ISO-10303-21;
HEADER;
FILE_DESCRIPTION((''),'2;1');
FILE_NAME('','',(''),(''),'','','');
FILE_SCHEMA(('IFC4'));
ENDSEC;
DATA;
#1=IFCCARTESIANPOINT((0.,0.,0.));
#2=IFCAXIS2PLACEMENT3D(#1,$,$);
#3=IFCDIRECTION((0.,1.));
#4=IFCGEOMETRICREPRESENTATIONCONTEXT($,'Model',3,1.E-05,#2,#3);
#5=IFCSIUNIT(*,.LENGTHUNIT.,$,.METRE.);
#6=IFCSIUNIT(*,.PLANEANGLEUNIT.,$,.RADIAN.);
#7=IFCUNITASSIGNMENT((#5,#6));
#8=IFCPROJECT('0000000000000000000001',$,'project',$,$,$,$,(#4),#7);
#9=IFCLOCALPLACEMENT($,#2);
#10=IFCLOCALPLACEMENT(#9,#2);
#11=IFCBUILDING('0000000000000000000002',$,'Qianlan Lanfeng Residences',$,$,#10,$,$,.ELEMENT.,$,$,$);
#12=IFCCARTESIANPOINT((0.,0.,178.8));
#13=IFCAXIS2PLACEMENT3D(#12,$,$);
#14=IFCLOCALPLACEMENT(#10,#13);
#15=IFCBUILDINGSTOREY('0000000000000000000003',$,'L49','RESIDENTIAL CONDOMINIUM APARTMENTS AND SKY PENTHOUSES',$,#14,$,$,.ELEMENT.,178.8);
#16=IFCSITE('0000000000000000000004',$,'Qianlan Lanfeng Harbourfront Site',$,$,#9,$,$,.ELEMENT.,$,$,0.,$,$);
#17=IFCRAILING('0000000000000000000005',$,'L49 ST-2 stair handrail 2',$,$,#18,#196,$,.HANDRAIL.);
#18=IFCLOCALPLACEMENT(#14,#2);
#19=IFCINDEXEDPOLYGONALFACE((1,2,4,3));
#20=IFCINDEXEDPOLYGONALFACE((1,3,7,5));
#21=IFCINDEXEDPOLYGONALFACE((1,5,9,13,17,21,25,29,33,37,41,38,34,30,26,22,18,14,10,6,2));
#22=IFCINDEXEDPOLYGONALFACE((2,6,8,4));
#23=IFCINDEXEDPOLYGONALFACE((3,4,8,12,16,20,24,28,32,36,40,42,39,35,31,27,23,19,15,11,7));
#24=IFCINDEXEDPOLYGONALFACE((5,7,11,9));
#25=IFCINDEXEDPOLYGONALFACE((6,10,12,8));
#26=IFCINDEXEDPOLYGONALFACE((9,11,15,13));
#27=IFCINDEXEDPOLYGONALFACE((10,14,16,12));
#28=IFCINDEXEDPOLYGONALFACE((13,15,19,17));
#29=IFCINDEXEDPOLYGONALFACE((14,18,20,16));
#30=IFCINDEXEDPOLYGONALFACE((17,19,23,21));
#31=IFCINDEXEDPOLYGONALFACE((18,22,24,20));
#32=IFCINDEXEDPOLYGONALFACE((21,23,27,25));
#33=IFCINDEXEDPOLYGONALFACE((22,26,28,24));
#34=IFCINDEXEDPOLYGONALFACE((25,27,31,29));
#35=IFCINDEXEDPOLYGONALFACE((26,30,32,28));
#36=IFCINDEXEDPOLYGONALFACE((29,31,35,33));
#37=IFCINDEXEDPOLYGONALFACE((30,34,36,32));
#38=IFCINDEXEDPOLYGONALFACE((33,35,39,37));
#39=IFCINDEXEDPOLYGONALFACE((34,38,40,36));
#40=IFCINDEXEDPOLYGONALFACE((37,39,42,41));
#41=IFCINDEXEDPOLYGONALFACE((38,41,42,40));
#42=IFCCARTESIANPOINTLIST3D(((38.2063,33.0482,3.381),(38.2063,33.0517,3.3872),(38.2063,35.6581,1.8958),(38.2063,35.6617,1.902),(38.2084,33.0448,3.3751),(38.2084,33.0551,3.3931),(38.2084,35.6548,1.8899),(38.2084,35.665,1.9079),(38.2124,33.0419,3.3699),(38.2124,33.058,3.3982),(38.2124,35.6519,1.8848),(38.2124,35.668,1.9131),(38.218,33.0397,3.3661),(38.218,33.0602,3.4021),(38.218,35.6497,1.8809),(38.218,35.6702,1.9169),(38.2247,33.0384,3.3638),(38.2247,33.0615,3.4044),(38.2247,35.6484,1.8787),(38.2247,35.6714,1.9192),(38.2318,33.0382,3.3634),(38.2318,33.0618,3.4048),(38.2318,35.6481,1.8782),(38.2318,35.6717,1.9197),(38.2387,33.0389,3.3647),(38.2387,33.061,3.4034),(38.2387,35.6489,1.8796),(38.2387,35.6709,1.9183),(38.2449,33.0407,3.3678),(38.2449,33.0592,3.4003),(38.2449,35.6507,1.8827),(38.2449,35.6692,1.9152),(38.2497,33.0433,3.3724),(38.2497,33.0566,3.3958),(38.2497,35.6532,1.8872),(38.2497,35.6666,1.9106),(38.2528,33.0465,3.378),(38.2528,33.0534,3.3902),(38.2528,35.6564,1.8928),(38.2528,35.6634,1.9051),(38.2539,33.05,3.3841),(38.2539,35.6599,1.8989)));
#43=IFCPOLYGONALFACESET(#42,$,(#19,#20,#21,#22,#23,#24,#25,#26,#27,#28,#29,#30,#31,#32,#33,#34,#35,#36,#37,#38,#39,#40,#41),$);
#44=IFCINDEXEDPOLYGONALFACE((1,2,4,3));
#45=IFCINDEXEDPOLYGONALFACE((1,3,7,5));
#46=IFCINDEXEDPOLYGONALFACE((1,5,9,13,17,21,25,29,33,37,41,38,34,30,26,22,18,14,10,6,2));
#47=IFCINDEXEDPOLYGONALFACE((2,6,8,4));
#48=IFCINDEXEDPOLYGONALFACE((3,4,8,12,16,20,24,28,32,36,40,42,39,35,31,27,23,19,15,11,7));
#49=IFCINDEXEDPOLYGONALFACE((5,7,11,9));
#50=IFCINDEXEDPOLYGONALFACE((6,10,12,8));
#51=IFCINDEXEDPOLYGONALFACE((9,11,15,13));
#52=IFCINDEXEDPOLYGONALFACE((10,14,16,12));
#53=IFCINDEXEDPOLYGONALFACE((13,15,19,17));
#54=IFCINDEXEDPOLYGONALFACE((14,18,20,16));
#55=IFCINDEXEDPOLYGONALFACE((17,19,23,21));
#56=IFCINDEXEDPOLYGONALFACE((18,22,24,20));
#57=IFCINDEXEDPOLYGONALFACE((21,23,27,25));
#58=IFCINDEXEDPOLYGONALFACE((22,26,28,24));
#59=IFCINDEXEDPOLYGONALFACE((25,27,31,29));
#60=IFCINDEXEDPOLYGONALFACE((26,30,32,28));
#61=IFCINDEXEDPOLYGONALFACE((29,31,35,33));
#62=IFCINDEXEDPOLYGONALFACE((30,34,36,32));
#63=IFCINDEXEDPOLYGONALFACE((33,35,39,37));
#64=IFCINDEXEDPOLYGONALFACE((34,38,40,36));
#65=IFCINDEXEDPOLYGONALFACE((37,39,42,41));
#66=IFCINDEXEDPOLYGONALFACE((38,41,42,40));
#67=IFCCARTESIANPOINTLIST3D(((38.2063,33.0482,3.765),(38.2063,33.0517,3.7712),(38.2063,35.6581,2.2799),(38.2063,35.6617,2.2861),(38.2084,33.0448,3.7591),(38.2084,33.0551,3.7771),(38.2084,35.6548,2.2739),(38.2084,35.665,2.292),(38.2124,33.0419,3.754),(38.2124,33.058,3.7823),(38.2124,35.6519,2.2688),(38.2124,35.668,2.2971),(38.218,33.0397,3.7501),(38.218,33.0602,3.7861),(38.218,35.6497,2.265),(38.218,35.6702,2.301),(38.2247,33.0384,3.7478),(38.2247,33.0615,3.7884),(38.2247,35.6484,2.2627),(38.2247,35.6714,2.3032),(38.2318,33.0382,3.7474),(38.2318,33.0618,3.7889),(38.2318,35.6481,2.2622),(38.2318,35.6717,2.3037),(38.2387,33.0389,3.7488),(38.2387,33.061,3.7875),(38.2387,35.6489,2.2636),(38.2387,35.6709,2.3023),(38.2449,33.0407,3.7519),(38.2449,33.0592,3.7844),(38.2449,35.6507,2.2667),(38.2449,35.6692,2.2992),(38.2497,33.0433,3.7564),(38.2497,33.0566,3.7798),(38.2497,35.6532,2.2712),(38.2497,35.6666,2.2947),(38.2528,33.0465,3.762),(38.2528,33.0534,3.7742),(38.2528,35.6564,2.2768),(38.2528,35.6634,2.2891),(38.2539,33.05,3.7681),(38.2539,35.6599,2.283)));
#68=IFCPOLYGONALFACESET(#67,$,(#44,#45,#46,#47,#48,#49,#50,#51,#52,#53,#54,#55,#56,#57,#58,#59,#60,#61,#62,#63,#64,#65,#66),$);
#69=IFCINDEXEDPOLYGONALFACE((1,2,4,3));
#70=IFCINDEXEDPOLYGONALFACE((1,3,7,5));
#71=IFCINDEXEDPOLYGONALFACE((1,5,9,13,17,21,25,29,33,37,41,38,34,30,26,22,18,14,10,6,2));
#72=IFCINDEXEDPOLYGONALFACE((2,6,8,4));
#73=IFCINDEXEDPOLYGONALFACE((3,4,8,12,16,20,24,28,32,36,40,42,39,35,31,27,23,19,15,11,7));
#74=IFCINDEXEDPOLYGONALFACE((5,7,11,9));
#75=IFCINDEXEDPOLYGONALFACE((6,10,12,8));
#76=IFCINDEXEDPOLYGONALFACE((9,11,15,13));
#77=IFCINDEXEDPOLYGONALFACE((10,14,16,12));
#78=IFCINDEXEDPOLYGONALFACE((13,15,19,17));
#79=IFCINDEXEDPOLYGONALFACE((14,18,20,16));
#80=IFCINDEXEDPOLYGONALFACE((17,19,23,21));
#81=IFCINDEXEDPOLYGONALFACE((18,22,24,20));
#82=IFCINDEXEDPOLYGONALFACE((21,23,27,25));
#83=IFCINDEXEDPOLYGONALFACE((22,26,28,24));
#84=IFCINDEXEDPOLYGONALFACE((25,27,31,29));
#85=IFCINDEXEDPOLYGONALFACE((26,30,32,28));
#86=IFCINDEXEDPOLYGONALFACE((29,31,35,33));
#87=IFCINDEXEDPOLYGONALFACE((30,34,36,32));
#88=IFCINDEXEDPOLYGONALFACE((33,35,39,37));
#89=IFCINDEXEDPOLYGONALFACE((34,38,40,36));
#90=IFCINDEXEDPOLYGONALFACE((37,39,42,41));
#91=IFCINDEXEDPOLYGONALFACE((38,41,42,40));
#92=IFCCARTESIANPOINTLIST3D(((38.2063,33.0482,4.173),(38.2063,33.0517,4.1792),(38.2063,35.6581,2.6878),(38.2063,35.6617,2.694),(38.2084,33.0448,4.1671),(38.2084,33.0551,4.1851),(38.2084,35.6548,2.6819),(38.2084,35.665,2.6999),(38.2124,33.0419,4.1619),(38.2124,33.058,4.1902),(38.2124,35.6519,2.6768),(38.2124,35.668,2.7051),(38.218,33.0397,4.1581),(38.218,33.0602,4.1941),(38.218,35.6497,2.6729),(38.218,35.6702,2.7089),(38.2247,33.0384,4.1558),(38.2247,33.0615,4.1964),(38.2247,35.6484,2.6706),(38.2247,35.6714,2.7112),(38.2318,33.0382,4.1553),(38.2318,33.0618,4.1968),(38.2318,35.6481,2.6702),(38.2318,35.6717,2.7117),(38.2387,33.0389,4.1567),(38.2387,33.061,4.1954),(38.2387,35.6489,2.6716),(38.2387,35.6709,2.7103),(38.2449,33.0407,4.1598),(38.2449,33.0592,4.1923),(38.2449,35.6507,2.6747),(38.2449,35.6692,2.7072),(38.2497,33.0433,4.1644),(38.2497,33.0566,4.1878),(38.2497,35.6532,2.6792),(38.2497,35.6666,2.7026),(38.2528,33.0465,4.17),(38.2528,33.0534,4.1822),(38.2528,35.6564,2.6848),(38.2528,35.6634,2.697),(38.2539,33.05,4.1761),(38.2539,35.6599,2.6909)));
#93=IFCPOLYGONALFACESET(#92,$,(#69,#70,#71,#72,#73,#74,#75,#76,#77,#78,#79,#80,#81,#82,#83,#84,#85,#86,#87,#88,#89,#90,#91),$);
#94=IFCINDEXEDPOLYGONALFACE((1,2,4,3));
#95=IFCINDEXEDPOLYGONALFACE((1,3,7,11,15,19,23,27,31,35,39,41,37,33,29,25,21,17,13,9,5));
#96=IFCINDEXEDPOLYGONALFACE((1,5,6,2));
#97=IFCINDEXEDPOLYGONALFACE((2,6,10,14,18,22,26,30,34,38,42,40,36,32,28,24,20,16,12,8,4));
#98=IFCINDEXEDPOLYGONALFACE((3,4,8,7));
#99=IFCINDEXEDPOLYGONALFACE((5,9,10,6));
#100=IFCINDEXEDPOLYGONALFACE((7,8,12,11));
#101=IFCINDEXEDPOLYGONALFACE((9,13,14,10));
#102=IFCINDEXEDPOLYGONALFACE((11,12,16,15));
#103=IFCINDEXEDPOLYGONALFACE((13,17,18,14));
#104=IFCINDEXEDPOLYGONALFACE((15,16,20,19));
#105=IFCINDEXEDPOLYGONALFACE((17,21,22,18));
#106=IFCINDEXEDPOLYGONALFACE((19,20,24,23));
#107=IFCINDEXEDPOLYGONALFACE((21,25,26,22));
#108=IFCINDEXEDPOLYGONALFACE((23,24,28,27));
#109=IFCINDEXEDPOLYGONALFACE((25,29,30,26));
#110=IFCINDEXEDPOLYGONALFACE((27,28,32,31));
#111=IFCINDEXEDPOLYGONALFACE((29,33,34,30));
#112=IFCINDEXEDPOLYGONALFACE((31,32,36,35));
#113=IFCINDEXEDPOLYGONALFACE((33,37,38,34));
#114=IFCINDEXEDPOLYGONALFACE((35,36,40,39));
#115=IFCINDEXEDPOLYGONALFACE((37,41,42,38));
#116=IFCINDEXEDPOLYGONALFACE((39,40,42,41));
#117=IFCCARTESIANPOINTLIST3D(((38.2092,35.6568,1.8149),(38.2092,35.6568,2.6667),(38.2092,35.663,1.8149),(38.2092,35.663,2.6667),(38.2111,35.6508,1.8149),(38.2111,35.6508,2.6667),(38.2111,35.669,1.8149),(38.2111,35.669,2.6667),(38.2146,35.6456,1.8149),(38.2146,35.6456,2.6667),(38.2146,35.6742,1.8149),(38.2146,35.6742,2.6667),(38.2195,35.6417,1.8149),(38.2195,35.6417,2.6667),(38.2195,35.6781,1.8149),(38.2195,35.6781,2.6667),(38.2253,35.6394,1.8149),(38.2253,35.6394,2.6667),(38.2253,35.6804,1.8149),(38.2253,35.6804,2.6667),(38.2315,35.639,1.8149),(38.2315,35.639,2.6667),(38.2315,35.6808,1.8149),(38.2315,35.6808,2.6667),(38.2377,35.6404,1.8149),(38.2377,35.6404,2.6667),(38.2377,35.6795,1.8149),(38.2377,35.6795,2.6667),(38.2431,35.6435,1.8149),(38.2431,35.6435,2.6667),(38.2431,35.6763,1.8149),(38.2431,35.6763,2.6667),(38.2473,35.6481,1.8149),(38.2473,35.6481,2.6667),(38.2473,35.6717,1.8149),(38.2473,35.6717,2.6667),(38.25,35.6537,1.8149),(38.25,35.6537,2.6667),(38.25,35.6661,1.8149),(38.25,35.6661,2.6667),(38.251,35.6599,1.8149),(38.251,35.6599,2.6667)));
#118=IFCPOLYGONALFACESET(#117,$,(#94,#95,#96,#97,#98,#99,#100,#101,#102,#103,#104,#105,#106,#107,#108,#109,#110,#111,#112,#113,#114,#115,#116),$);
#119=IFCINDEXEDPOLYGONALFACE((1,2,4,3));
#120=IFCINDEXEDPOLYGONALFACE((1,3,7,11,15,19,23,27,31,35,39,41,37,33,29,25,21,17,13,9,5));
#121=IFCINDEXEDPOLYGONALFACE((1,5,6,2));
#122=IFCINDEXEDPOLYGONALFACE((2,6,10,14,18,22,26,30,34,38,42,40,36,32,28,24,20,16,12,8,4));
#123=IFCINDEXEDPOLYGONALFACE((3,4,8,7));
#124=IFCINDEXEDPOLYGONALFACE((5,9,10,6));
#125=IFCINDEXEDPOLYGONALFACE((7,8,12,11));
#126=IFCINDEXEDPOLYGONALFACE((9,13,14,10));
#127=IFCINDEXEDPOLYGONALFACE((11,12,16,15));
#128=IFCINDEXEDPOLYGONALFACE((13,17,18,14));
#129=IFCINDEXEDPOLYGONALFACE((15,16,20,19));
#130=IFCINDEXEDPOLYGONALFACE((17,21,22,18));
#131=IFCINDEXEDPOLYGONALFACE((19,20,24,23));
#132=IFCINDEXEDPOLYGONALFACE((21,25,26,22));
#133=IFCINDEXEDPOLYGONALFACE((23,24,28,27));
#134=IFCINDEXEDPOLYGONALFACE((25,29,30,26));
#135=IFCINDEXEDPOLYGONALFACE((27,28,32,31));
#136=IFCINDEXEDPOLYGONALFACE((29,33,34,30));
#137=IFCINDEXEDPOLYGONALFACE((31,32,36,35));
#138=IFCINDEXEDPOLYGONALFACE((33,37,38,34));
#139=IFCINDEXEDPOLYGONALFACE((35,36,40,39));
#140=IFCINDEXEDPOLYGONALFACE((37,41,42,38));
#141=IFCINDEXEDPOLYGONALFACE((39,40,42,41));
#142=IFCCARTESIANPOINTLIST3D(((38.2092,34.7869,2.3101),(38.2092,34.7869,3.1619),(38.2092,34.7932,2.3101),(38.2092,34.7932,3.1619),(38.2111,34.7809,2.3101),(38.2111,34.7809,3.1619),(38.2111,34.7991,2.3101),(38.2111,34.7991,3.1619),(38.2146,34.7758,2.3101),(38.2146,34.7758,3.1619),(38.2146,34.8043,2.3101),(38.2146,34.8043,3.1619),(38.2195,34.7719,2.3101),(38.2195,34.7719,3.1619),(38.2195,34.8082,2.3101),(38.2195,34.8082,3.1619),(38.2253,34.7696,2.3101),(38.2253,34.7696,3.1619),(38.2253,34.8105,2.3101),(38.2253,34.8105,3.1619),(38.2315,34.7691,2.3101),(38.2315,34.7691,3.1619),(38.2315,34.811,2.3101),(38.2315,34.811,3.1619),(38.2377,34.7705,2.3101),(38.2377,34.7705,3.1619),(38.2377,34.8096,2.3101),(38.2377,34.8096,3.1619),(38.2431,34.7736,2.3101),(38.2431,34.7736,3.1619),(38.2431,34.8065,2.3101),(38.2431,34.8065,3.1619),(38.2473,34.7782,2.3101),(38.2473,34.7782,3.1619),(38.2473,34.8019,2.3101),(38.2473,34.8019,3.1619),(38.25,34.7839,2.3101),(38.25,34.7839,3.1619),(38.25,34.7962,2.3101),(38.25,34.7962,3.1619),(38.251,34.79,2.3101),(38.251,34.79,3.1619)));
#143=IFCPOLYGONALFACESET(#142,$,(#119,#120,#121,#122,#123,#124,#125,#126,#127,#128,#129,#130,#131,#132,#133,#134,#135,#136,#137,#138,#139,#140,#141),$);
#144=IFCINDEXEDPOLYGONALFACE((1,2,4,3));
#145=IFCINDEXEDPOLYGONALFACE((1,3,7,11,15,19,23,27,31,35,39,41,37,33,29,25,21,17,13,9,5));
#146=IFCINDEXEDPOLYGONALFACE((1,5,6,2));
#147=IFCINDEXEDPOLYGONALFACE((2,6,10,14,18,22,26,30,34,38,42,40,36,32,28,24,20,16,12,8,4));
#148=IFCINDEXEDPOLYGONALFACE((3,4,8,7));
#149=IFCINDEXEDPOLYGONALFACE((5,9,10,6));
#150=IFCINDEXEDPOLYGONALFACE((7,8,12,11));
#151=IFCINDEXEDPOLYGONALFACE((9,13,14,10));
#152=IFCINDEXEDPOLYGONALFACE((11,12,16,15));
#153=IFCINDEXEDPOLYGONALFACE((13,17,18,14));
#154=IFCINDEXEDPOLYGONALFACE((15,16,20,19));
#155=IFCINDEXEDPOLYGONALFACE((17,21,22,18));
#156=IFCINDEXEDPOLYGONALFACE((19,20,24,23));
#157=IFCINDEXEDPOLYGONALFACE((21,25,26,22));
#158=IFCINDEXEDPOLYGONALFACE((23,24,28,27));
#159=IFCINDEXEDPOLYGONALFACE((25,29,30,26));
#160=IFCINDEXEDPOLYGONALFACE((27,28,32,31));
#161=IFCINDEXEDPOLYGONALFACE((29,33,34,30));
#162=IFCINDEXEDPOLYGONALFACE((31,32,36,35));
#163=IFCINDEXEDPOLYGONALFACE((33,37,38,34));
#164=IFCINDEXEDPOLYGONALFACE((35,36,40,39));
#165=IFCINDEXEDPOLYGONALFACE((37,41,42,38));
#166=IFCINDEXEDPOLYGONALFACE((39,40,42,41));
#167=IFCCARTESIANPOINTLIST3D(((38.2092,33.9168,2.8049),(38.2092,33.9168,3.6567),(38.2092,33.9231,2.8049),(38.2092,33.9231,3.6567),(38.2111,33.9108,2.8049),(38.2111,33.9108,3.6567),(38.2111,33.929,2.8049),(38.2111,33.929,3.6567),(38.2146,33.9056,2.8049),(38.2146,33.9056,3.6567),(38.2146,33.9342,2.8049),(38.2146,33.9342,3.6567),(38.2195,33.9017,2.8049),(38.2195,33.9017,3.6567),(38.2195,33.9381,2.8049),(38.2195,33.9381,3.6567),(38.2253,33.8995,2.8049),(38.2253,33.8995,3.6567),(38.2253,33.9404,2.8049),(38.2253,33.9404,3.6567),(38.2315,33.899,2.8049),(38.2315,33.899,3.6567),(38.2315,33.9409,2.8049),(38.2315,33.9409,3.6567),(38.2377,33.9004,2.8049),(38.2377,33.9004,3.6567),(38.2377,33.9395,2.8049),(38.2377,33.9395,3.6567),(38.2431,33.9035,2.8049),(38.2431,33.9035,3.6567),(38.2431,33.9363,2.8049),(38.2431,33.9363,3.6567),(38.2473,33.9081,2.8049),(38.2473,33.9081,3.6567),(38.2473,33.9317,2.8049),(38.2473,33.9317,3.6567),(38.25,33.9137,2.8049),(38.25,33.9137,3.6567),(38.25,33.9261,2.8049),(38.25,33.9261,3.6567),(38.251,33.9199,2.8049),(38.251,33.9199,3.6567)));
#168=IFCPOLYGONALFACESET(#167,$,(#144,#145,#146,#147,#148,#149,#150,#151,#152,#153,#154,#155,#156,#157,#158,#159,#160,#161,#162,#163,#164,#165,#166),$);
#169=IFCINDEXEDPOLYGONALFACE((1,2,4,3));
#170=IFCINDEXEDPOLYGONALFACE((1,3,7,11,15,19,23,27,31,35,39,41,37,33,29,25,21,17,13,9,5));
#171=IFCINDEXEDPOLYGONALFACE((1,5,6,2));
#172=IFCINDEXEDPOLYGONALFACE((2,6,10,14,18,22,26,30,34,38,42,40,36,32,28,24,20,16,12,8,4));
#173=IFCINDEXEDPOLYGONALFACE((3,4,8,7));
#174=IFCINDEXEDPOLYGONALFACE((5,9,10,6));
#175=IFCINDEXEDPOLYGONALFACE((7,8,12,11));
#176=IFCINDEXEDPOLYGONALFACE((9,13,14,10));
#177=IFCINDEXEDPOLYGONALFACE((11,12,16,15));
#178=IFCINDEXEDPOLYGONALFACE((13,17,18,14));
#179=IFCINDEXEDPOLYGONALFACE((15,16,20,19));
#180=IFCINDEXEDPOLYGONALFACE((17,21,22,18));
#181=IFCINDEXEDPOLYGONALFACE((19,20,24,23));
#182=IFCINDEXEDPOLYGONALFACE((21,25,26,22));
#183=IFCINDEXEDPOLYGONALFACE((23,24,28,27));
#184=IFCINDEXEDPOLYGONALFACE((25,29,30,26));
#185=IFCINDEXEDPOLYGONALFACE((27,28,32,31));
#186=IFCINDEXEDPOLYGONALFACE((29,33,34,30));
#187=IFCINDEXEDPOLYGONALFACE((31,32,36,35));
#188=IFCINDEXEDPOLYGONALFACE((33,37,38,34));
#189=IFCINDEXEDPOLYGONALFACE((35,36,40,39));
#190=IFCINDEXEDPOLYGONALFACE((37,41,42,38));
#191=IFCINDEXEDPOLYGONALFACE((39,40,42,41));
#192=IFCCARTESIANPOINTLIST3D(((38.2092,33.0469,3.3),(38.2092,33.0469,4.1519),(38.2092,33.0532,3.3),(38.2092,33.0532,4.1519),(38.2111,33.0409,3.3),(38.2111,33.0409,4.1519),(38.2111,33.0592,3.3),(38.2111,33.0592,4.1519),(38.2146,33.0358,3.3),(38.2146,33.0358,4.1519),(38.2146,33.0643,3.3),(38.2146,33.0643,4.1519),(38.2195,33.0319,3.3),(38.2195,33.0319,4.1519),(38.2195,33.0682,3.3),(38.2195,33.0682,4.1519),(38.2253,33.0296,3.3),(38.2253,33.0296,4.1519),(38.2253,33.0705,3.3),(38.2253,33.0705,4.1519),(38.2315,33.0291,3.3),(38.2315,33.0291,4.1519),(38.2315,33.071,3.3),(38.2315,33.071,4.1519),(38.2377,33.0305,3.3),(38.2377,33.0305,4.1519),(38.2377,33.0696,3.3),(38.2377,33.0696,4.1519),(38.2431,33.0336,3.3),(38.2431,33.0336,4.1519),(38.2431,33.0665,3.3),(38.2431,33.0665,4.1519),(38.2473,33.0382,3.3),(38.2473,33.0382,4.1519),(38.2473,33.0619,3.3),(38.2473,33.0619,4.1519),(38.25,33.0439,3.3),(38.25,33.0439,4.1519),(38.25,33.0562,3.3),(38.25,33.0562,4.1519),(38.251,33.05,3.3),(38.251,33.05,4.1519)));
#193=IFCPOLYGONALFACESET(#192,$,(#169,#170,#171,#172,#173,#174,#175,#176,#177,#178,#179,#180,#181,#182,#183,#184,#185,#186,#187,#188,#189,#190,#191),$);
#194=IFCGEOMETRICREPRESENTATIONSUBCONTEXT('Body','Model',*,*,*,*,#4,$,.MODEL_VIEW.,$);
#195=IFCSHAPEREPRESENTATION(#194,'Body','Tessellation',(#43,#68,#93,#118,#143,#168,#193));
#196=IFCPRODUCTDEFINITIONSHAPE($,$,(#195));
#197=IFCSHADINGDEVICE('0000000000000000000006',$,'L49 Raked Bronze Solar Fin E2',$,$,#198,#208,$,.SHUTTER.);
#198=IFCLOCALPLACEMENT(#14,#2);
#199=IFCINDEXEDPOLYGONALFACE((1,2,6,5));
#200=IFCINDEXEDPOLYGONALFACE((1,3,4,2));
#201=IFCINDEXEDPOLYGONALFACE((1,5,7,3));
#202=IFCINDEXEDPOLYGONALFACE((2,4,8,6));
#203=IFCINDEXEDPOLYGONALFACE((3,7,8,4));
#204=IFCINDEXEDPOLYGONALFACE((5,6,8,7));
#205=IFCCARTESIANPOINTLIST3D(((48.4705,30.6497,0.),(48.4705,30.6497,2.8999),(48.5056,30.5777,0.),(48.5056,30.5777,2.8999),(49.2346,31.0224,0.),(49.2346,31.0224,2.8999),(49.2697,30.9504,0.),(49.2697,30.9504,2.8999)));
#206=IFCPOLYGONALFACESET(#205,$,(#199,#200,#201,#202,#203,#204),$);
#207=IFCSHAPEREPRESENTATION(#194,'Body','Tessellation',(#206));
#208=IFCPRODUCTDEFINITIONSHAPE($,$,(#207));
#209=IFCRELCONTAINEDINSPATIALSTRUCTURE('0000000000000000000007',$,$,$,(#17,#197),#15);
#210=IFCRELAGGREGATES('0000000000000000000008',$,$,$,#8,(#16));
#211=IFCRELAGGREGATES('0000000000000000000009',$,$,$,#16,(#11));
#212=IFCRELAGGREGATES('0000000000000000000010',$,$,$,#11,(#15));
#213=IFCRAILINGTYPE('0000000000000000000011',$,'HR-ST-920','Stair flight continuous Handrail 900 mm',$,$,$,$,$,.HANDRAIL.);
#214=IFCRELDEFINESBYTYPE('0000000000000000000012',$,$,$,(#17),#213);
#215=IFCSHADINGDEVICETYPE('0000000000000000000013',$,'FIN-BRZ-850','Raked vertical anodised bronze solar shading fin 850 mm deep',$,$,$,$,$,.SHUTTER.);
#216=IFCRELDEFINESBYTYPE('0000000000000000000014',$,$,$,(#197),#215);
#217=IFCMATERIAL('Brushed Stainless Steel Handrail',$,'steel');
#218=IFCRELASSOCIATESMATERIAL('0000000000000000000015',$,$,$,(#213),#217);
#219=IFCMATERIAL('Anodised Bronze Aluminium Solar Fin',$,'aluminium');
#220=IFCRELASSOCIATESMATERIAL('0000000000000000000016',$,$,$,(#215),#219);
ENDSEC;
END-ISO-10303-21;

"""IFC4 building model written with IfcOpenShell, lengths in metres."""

from ifc_helpers import new_model, si_unit, direction, frame, origin, origin_2d, place, context, subcontext, project, spatial, rectangle, circle, extrude, source, transform, mapped, material, type_object, element, save


model = new_model("IFC4")

# Units and contexts
model_context = context("Model", 3, precision=1e-05, world=origin(), true_north=direction((0.0, 1.0)))
body_context = subcontext(model_context, "Body", "Model", "MODEL_VIEW")
ifc_project = project(units=[si_unit("LENGTHUNIT", "METRE"), si_unit("PLANEANGLEUNIT", "RADIAN")], contexts=[model_context])

# Site, building, storey
site_placement = place(None, origin())
site = spatial("IfcSite", under=ifc_project, at=site_placement, Name="Qianlan Lanfeng Harbourfront Site", CompositionType="ELEMENT", RefElevation=0.0)
building_placement = place(site_placement, origin())
building = spatial("IfcBuilding", under=site, at=building_placement, Name="Qianlan Lanfeng Residences", CompositionType="ELEMENT")
storey_placement = place(building_placement, frame((0.0, 0.0, 178.8)))
storey = spatial("IfcBuildingStorey", under=building, at=storey_placement, Name="L49", Description="RESIDENTIAL CONDOMINIUM APARTMENTS AND SKY PENTHOUSES", CompositionType="ELEMENT", Elevation=178.8)

# Railing
ifc_material_1 = material(Name="Brushed Stainless Steel Handrail", Category="steel")
railing_type_1 = type_object("IfcRailingType", Name="HR-ST-920", Description="Stair flight continuous Handrail 900 mm", PredefinedType="HANDRAIL", material=ifc_material_1)
railing_1_placement = place(storey_placement, frame((38.23, 35.6599, 1.8149)))
element("IfcRailing", 1, at=railing_1_placement, inside=storey, type_object=railing_type_1, Name="L49 ST-2 stair handrail 2", PredefinedType="HANDRAIL", context=body_context, shape_type="SweptSolid", body=[
    extrude(circle(Radius=0.0239, at=origin_2d()), frame((0.0, 0.0, 0.084), z_axis=(0.0, -0.869137, 0.494571), x_axis=(1.0, 0.0, 0.0)), (0.0, 0.0, 1.0), 3.0029),
    extrude(circle(Radius=0.0239, at=origin_2d()), frame((0.0, 0.0, 0.468), z_axis=(0.0, -0.869137, 0.494571), x_axis=(1.0, 0.0, 0.0)), (0.0, 0.0, 1.0), 3.0029),
    extrude(circle(Radius=0.0239, at=origin_2d()), frame((0.0, 0.0, 0.876), z_axis=(0.0, -0.869137, 0.494571), x_axis=(1.0, 0.0, 0.0)), (0.0, 0.0, 1.0), 3.0029),
    extrude(circle(Radius=0.021, at=origin_2d()), origin(), (0.0, 0.0, 1.0), 0.8518),
    extrude(circle(Radius=0.021, at=origin_2d()), frame((0.0, -0.8699, 0.4951)), (0.0, 0.0, 1.0), 0.8518),
    extrude(circle(Radius=0.021, at=origin_2d()), frame((0.0, -1.74, 0.99)), (0.0, 0.0, 1.0), 0.8518),
    extrude(circle(Radius=0.021, at=origin_2d()), frame((0.0, -2.6099, 1.4851)), (0.0, 0.0, 1.0), 0.8518),
])

# Shading device
ifc_material_2 = material(Name="Anodised Bronze Aluminium Solar Fin", Category="aluminium")
shading_device_type = type_object("IfcShadingDeviceType", Name="FIN-BRZ-850", Description="Raked vertical anodised bronze solar shading fin 850 mm deep", PredefinedType="SHUTTER", material=ifc_material_2)
shared_shape_1 = source(origin(), body_context, "Body", "SweptSolid", [
    extrude(rectangle(XDim=0.8501, YDim=0.0801, at=origin_2d()), origin(), (0.0, 0.0, 1.0), 2.8999),
])
shading_device_placement = place(storey_placement, frame((48.8701, 30.8, 0.0), z_axis=(0.0, 0.0, 1.0), x_axis=(0.898794, 0.438371, 0.0)))
element("IfcShadingDevice", 2, at=shading_device_placement, inside=storey, type_object=shading_device_type, Name="L49 Raked Bronze Solar Fin E2", PredefinedType="SHUTTER", context=body_context, shape_type="MappedRepresentation", body=[
    mapped(shared_shape_1, transform((0.0, 0.0, 0.0), scale=1.0)),
])

save(model, "model.ifc")
